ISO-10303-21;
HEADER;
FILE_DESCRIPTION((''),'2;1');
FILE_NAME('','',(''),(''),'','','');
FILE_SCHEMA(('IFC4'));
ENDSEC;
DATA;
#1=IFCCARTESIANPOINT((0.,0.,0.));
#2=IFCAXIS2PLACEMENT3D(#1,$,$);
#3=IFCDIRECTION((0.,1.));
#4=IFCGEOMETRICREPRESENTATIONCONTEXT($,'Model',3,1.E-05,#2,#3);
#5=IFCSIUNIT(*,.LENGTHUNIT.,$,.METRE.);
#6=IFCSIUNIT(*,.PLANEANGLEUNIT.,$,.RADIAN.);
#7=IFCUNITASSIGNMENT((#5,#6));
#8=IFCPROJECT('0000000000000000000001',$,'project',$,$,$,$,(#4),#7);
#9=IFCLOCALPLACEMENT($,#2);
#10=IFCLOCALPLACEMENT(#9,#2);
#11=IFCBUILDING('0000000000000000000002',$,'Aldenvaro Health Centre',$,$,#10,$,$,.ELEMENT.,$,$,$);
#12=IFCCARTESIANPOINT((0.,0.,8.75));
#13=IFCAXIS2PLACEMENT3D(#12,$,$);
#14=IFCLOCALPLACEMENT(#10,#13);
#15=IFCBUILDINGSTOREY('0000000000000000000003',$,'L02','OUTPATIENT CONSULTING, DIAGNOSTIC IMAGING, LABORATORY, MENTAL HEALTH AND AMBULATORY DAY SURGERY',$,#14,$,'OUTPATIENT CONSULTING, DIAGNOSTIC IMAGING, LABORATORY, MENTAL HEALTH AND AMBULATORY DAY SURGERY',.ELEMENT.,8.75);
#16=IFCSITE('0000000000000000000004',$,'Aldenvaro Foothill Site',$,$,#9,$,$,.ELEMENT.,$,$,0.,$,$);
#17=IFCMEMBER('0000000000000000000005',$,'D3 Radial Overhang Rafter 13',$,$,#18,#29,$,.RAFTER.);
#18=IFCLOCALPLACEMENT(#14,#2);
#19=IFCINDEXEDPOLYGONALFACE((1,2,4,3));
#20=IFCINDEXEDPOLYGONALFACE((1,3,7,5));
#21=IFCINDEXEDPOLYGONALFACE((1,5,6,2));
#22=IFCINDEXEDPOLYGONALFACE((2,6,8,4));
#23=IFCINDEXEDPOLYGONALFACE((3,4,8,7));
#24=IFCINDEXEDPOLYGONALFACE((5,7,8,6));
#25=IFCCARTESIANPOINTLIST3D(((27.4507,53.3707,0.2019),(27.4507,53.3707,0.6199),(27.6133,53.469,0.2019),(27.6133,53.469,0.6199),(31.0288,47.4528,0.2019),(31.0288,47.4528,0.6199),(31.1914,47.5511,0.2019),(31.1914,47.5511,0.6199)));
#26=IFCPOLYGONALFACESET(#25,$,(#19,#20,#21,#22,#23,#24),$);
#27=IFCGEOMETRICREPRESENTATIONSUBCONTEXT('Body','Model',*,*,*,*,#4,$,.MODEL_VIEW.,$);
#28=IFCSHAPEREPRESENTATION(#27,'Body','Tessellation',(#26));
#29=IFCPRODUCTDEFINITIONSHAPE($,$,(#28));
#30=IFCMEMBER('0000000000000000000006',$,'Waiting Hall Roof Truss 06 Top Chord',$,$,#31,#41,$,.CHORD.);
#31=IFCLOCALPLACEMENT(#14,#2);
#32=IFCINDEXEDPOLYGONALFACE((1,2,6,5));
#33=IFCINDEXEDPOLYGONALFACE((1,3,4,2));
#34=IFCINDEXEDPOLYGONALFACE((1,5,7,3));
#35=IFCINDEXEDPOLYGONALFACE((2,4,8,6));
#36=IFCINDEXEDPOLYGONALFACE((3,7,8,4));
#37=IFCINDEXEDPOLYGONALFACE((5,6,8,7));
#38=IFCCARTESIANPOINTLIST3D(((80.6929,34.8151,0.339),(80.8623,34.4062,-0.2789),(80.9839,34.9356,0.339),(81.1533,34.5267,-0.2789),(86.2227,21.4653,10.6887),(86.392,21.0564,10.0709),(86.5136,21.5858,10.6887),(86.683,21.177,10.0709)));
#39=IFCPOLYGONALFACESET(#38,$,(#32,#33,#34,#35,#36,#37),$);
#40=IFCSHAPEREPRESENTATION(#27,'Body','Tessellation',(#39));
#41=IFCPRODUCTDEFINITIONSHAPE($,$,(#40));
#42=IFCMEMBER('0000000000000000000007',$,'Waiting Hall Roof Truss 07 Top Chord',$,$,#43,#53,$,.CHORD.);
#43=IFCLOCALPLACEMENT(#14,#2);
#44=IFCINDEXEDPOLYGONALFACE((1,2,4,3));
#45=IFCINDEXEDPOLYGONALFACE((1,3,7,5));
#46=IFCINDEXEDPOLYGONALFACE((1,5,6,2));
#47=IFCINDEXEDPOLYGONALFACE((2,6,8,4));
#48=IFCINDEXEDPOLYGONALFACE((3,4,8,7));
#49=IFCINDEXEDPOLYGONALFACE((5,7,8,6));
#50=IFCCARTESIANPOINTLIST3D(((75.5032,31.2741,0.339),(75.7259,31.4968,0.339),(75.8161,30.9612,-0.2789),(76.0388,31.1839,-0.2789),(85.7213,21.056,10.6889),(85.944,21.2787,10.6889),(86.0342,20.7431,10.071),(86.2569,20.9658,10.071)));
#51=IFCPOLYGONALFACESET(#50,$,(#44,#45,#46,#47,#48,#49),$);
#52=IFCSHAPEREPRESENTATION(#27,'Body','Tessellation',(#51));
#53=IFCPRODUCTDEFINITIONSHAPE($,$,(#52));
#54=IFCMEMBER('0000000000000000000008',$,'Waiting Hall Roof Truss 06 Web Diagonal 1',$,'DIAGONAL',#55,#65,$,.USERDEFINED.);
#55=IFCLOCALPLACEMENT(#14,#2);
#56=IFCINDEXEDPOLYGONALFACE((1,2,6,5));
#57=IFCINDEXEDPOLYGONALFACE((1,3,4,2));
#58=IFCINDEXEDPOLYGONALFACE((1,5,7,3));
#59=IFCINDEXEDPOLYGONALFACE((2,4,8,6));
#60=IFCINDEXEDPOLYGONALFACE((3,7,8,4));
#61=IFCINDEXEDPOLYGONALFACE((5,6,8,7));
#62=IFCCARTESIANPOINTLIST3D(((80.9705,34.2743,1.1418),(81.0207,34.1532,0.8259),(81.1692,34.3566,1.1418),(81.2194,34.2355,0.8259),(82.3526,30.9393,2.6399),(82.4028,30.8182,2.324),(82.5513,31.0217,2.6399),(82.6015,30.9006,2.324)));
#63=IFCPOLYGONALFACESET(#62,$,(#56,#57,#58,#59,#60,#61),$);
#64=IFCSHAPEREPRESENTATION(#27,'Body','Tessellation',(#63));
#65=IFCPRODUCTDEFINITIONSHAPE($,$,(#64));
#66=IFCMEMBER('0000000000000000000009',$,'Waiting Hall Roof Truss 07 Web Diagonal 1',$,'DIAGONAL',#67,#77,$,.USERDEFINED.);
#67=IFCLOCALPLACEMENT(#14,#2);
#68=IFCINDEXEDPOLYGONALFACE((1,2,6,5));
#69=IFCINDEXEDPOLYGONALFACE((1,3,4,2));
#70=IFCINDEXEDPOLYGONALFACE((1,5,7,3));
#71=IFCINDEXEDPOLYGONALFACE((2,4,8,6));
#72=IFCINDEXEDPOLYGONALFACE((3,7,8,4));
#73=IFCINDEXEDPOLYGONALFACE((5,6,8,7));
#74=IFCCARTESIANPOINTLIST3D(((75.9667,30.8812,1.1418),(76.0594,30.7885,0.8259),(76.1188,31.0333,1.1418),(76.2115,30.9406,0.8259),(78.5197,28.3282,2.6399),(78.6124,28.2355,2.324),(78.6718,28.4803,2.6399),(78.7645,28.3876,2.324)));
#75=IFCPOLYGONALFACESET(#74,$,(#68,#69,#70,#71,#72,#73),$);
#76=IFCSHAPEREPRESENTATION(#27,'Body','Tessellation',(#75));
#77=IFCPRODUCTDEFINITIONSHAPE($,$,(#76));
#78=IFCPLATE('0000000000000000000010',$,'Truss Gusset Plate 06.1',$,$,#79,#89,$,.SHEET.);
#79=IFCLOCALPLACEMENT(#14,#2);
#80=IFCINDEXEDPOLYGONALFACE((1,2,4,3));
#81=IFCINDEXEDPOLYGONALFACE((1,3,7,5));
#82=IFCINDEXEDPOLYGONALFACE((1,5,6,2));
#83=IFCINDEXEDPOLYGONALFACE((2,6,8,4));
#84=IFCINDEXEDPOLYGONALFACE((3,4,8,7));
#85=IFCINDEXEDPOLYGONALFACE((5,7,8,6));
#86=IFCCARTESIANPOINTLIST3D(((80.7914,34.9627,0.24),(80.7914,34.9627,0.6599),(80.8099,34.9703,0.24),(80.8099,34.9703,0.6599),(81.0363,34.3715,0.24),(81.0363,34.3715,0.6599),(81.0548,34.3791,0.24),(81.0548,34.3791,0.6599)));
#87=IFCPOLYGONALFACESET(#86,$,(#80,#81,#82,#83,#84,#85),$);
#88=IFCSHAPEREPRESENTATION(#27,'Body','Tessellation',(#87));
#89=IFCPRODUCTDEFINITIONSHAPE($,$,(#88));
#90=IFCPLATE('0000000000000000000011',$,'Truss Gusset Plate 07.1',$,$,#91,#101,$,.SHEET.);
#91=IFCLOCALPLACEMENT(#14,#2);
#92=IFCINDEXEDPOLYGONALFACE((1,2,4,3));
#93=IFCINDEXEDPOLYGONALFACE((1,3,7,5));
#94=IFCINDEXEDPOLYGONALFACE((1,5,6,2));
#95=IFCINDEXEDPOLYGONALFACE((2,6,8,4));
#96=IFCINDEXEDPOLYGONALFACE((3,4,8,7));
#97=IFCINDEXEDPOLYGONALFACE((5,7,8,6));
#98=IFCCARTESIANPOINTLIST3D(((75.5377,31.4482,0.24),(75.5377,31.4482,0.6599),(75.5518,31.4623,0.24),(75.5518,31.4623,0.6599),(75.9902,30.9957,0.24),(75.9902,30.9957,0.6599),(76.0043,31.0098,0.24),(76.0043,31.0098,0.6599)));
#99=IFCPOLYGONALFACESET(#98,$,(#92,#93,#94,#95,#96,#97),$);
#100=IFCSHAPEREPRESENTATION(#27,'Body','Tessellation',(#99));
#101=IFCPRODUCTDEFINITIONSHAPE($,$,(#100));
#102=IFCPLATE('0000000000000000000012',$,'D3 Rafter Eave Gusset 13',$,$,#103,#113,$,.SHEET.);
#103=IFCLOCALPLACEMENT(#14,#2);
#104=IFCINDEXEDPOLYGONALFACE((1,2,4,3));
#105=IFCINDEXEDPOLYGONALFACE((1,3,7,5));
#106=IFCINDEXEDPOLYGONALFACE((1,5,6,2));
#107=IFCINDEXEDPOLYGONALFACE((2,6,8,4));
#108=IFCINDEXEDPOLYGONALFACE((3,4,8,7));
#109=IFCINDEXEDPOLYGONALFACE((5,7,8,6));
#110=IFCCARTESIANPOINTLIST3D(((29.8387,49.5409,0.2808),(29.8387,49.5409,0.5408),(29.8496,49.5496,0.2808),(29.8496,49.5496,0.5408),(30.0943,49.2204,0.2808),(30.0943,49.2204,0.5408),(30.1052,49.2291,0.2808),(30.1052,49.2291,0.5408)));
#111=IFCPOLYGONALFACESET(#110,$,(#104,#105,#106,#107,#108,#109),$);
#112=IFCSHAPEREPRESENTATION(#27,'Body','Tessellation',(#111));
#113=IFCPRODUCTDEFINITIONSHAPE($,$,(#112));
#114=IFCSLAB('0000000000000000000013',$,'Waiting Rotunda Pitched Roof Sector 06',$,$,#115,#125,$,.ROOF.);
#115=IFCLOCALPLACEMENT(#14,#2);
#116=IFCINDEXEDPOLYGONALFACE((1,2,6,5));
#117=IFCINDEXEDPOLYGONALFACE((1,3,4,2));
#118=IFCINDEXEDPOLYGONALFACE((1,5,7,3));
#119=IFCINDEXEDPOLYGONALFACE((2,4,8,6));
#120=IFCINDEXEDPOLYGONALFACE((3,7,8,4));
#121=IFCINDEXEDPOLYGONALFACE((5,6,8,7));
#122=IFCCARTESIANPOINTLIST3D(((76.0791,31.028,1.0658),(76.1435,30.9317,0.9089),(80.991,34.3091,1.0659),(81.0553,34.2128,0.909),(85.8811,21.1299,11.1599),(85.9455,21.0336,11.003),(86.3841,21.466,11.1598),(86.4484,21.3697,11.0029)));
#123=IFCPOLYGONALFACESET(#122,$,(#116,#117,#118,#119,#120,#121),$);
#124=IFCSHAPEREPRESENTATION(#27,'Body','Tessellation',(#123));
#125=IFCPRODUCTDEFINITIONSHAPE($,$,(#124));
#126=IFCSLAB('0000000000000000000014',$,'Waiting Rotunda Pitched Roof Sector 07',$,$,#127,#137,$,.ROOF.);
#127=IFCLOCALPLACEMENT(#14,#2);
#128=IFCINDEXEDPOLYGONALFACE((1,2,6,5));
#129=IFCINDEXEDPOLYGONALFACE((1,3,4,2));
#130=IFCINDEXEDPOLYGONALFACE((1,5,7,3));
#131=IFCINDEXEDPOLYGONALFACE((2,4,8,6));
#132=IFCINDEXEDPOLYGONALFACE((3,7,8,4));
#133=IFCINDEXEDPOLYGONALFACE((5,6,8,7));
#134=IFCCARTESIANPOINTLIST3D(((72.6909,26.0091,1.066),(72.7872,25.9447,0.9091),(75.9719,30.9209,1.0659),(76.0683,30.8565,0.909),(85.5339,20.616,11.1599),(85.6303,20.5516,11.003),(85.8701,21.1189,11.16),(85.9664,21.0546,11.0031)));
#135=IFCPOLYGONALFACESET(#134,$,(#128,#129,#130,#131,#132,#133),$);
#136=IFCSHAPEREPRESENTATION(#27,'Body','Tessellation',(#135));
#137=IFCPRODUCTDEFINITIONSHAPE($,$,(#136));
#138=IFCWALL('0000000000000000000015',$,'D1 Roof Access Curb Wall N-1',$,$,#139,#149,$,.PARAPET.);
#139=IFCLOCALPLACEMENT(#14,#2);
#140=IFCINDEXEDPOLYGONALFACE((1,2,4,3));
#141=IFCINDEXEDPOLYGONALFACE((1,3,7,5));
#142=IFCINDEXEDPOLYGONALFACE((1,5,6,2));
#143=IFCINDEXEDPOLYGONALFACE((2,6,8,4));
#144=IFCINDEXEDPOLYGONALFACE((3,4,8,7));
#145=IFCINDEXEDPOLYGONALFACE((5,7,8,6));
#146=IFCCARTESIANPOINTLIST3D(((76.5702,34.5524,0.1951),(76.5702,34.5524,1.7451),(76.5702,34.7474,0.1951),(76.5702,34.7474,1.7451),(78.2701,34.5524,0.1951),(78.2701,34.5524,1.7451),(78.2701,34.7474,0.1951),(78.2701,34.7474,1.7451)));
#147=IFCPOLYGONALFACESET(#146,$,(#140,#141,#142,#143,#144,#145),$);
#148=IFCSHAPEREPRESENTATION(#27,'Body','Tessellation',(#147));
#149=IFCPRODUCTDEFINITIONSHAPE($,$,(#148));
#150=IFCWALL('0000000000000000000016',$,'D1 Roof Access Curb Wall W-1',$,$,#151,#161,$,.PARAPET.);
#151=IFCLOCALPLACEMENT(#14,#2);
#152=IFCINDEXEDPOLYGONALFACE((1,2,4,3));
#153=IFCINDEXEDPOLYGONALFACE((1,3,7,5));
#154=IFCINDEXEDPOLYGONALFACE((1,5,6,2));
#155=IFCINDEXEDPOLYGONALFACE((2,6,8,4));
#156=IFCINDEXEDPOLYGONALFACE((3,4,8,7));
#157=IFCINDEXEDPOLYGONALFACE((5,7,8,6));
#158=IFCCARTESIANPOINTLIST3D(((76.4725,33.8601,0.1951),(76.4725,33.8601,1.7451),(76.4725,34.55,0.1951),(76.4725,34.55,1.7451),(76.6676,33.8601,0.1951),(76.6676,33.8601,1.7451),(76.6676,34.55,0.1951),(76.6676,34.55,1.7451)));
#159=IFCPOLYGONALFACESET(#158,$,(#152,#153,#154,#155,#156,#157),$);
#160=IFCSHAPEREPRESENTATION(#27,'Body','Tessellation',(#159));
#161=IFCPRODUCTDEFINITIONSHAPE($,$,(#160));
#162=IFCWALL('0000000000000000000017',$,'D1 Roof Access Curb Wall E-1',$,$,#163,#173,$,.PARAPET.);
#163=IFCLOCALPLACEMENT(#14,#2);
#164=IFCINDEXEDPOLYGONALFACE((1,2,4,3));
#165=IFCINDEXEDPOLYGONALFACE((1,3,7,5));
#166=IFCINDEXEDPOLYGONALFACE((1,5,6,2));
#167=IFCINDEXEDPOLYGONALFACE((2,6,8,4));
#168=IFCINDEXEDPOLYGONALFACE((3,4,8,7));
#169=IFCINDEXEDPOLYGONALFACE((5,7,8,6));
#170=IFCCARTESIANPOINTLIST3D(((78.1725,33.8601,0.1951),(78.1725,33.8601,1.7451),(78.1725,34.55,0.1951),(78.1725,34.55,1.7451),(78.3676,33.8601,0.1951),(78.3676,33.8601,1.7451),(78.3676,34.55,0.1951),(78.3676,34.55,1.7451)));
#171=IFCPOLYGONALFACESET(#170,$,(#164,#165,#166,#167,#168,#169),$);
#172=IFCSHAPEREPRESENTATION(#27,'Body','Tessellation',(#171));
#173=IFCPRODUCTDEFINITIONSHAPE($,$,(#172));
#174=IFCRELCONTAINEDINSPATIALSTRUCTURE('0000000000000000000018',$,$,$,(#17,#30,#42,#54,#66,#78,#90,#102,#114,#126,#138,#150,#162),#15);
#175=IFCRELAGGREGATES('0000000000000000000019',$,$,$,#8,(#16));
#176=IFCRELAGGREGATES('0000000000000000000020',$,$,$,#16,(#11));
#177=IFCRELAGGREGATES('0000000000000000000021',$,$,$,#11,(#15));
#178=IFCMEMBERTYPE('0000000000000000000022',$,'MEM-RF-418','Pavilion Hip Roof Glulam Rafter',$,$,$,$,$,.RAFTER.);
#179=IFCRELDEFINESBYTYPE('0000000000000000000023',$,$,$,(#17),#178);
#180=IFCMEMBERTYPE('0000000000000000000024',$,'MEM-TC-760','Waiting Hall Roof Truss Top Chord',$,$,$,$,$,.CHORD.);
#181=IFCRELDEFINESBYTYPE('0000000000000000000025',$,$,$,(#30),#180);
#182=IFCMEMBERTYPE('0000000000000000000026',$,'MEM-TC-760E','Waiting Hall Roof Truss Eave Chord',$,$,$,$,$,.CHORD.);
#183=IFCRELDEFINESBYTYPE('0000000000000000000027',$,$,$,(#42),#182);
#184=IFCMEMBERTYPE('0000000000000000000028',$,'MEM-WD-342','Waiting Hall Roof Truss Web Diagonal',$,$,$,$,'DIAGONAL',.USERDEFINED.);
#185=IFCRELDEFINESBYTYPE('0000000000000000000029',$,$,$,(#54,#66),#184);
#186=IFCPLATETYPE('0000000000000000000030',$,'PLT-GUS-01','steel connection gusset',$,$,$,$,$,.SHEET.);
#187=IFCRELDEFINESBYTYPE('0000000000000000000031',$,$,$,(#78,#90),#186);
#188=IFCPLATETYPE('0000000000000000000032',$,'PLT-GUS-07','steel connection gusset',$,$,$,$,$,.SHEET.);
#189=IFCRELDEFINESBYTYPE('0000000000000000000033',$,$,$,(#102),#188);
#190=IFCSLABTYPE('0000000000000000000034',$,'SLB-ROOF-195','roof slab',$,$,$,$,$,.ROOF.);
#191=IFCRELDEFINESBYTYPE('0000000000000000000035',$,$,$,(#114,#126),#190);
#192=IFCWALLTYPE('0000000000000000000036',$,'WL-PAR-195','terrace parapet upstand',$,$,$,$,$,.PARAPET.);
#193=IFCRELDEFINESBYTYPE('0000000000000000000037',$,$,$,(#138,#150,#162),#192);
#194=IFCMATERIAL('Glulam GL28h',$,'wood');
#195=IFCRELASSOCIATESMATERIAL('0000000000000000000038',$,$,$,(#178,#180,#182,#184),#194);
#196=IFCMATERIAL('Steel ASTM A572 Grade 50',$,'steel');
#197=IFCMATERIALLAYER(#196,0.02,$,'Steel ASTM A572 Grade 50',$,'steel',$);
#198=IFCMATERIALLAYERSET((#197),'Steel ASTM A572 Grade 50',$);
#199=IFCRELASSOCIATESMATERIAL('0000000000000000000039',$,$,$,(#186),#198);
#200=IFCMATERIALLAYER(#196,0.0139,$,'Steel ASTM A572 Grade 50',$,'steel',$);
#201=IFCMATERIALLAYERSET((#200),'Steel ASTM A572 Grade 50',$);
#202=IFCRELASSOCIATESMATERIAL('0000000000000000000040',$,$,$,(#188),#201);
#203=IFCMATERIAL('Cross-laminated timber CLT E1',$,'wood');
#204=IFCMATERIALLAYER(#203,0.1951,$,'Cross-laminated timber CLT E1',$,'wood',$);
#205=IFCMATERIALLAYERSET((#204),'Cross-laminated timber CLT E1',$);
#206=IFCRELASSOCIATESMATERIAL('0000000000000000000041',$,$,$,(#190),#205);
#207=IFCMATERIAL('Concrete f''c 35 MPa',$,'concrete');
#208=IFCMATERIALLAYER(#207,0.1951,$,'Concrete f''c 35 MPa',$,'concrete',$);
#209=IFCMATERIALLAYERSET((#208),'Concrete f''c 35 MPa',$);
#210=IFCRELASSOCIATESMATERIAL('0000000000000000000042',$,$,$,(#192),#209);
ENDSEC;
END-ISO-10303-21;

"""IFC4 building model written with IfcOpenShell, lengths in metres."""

from ifc_helpers import new_model, si_unit, direction, frame, frame_2d, origin, origin_2d, place, context, subcontext, project, spatial, polyline, rectangle, outline, extrude, material, layer, layer_set, material_profile, profile_set, type_object, element, save


model = new_model("IFC4")

# Units and contexts
model_context = context("Model", 3, precision=1e-05, world=origin(), true_north=direction((0.0, 1.0)))
body_context = subcontext(model_context, "Body", "Model", "MODEL_VIEW")
ifc_project = project(units=[si_unit("LENGTHUNIT", "METRE"), si_unit("PLANEANGLEUNIT", "RADIAN")], contexts=[model_context])

# Site, building, storey
site_placement = place(None, origin())
site = spatial("IfcSite", under=ifc_project, at=site_placement, Name="Aldenvaro Foothill Site", CompositionType="ELEMENT", RefElevation=0.0)
building_placement = place(site_placement, origin())
building = spatial("IfcBuilding", under=site, at=building_placement, Name="Aldenvaro Health Centre", CompositionType="ELEMENT")
storey_placement = place(building_placement, frame((0.0, 0.0, 8.75)))
storey = spatial("IfcBuildingStorey", under=building, at=storey_placement, Name="L02", Description="OUTPATIENT CONSULTING, DIAGNOSTIC IMAGING, LABORATORY, MENTAL HEALTH AND AMBULATORY DAY SURGERY", LongName="OUTPATIENT CONSULTING, DIAGNOSTIC IMAGING, LABORATORY, MENTAL HEALTH AND AMBULATORY DAY SURGERY", CompositionType="ELEMENT", Elevation=8.75)

# Shared definitions
ifc_material_1 = material(Name="Glulam GL28h", Category="wood")

# Members
ifc_material_profile_1 = material_profile(ifc_material_1, rectangle(XDim=0.1899, YDim=0.418, at=origin_2d()), Name="GL 190x418", Category="wood")
ifc_profile_set_1 = profile_set([ifc_material_profile_1], Name="Glulam GL28h")
member_type_1 = type_object("IfcMemberType", Name="MEM-RF-418", Description="Pavilion Hip Roof Glulam Rafter", PredefinedType="RAFTER", material=ifc_profile_set_1)
member_1_placement = place(storey_placement, frame((31.1101, 47.502, 0.4109), z_axis=(-0.5174, 0.855744, 0.0), x_axis=(-0.855744, -0.5174, 0.0)))
element("IfcMember", 1, at=member_1_placement, inside=storey, type_object=member_type_1, Name="D3 Radial Overhang Rafter 13", PredefinedType="RAFTER", context=body_context, shape_type="SweptSolid", body=[
    extrude(rectangle(XDim=0.1899, YDim=0.418, at=origin_2d()), origin(), (0.0, 0.0, 1.0), 6.9155),
])
ifc_material_profile_2 = material_profile(ifc_material_1, rectangle(XDim=0.3149, YDim=0.76, at=origin_2d()), Name="GL 315x760", Category="wood")
ifc_profile_set_2 = profile_set([ifc_material_profile_2], Name="Glulam GL28h")
member_type_2 = type_object("IfcMemberType", Name="MEM-TC-760", Description="Waiting Hall Roof Truss Top Chord", PredefinedType="CHORD", material=ifc_profile_set_2)
member_2_placement = place(storey_placement, frame((80.9231, 34.6709, 0.03), z_axis=(0.311116, -0.751087, 0.582302), x_axis=(0.923877, 0.382689, 0.0)))
element("IfcMember", 2, at=member_2_placement, inside=storey, type_object=member_type_2, Name="Waiting Hall Roof Truss 06 Top Chord", PredefinedType="CHORD", context=body_context, shape_type="SweptSolid", body=[
    extrude(rectangle(XDim=0.3149, YDim=0.76, at=origin_2d()), origin(), (0.0, 0.0, 1.0), 17.7739),
])
ifc_material_profile_3 = material_profile(ifc_material_1, rectangle(XDim=0.3149, YDim=0.76, at=origin_2d()), Name="GL 315x760", Category="wood")
ifc_profile_set_3 = profile_set([ifc_material_profile_3], Name="Glulam GL28h")
member_type_3 = type_object("IfcMemberType", Name="MEM-TC-760E", Description="Waiting Hall Roof Truss Eave Chord", PredefinedType="CHORD", material=ifc_profile_set_3)
member_3_placement = place(storey_placement, frame((75.771, 31.229, 0.03), z_axis=(0.574867, -0.574867, 0.582284), x_axis=(0.707107, 0.707107, 0.0)))
element("IfcMember", 3, at=member_3_placement, inside=storey, type_object=member_type_3, Name="Waiting Hall Roof Truss 07 Top Chord", PredefinedType="CHORD", context=body_context, shape_type="SweptSolid", body=[
    extrude(rectangle(XDim=0.3149, YDim=0.76, at=origin_2d()), origin(), (0.0, 0.0, 1.0), 17.7747),
])
ifc_material_profile_4 = material_profile(ifc_material_1, rectangle(XDim=0.2151, YDim=0.342, at=origin_2d()), Name="GL 215x342", Category="wood")
ifc_profile_set_4 = profile_set([ifc_material_profile_4], Name="Glulam GL28h")
member_type_4 = type_object("IfcMemberType", Name="MEM-WD-342", Description="Waiting Hall Roof Truss Web Diagonal", ElementType="DIAGONAL", PredefinedType="USERDEFINED", material=ifc_profile_set_4)
member_4_placement = place(storey_placement, frame((81.095, 34.2549, 0.9839), z_axis=(0.35361, -0.853262, 0.383281), x_axis=(0.923812, 0.382848, 0.0)))
element("IfcMember", 4, at=member_4_placement, inside=storey, type_object=member_type_4, Name="Waiting Hall Roof Truss 06 Web Diagonal 1", ObjectType="DIAGONAL", PredefinedType="USERDEFINED", context=body_context, shape_type="SweptSolid", body=[
    extrude(rectangle(XDim=0.2151, YDim=0.342, at=origin_2d()), origin(), (0.0, 0.0, 1.0), 3.9084),
])
member_5_placement = place(storey_placement, frame((76.0891, 30.9109, 0.9839), z_axis=(0.653118, -0.653118, 0.383239), x_axis=(0.707107, 0.707107, 0.0)))
element("IfcMember", 5, at=member_5_placement, inside=storey, type_object=member_type_4, Name="Waiting Hall Roof Truss 07 Web Diagonal 1", ObjectType="DIAGONAL", PredefinedType="USERDEFINED", context=body_context, shape_type="SweptSolid", body=[
    extrude(rectangle(XDim=0.2151, YDim=0.342, at=origin_2d()), origin(), (0.0, 0.0, 1.0), 3.9089),
])

# Plates
ifc_material_2 = material(Name="Steel ASTM A572 Grade 50", Category="steel")
ifc_layer_1 = layer(ifc_material_2, 0.02, Name="Steel ASTM A572 Grade 50", Category="steel")
ifc_layer_set_1 = layer_set([ifc_layer_1], Name="Steel ASTM A572 Grade 50")
plate_type_1 = type_object("IfcPlateType", Name="PLT-GUS-01", Description="steel connection gusset", PredefinedType="SHEET", material=ifc_layer_set_1)
for number, where, z_axis, x_axis, name in (
    (6, (80.9231, 34.6709, 0.24), (0.0, 0.0, 1.0), (-0.382683, 0.92388, 0.0), "Truss Gusset Plate 06.1"),
    (7, (75.771, 31.229, 0.24), (0.0, 0.0, 1.0), (-0.707107, 0.707107, 0.0), "Truss Gusset Plate 07.1"),
):
    element("IfcPlate", number, at=place(storey_placement, frame(where, z_axis=z_axis, x_axis=x_axis)), inside=storey, type_object=plate_type_1, Name=name, PredefinedType="SHEET", context=body_context, shape_type="SweptSolid", body=[
        extrude(rectangle(XDim=0.6399, YDim=0.02, at=origin_2d()), origin(), (0.0, 0.0, 1.0), 0.4199),
    ])
ifc_layer_2 = layer(ifc_material_2, 0.0139, Name="Steel ASTM A572 Grade 50", Category="steel")
ifc_layer_set_2 = layer_set([ifc_layer_2], Name="Steel ASTM A572 Grade 50")
plate_type_2 = type_object("IfcPlateType", Name="PLT-GUS-07", Description="steel connection gusset", PredefinedType="SHEET", material=ifc_layer_set_2)
plate_placement = place(storey_placement, frame((29.9719, 49.385, 0.2808), z_axis=(0.0, 0.0, 1.0), x_axis=(0.623519, -0.781808, 0.0)))
element("IfcPlate", 8, at=plate_placement, inside=storey, type_object=plate_type_2, Name="D3 Rafter Eave Gusset 13", PredefinedType="SHEET", context=body_context, shape_type="SweptSolid", body=[
    extrude(rectangle(XDim=0.4099, YDim=0.0139, at=origin_2d()), origin(), (0.0, 0.0, 1.0), 0.26),
])

# Slabs
ifc_material_3 = material(Name="Cross-laminated timber CLT E1", Category="wood")
ifc_layer_3 = layer(ifc_material_3, 0.1951, Name="Cross-laminated timber CLT E1", Category="wood")
ifc_layer_set_3 = layer_set([ifc_layer_3], Name="Cross-laminated timber CLT E1")
slab_type = type_object("IfcSlabType", Name="SLB-ROOF-195", Description="roof slab", PredefinedType="ROOF", material=ifc_layer_set_3)
slab_1_placement = place(storey_placement, frame((80.991, 34.3091, 1.0659), z_axis=(-0.329879, 0.493817, 0.804565), x_axis=(-0.831542, -0.555462, -0.000014)))
element("IfcSlab", 9, at=slab_1_placement, inside=storey, type_object=slab_type, Name="Waiting Rotunda Pitched Roof Sector 06", PredefinedType="ROOF", context=body_context, shape_type="SweptSolid", body=[
    extrude(outline(polyline([(0.0, 0.0), (5.9069, 0.0), (3.2541, 16.9972), (2.6491, 16.997), (0.0, 0.0)])), origin(), (0.0, 0.0, -1.0), 0.1951),
])
slab_2_placement = place(storey_placement, frame((75.9719, 30.9209, 1.0659), z_axis=(-0.493817, 0.329879, 0.804565), x_axis=(-0.555462, -0.831542, 0.000014)))
element("IfcSlab", 10, at=slab_2_placement, inside=storey, type_object=slab_type, Name="Waiting Rotunda Pitched Roof Sector 07", PredefinedType="ROOF", context=body_context, shape_type="SweptSolid", body=[
    extrude(outline(polyline([(0.0, 0.0), (5.9069, 0.0), (3.2578, 16.997), (2.6528, 16.9972), (0.0, 0.0)])), origin(), (0.0, 0.0, -1.0), 0.1951),
])

# Walls
ifc_material_4 = material(Name="Concrete f'c 35 MPa", Category="concrete")
ifc_layer_4 = layer(ifc_material_4, 0.1951, Name="Concrete f'c 35 MPa", Category="concrete")
ifc_layer_set_4 = layer_set([ifc_layer_4], Name="Concrete f'c 35 MPa")
wall_type_1 = type_object("IfcWallType", Name="WL-PAR-195", Description="terrace parapet upstand", PredefinedType="PARAPET", material=ifc_layer_set_4)
wall_1_placement = place(storey_placement, frame((76.5701, 34.6499, 0.1951), z_axis=(0.0, 0.0, 1.0), x_axis=(1.0, 0.0, 0.0)))
element("IfcWall", 11, at=wall_1_placement, inside=storey, type_object=wall_type_1, Name="D1 Roof Access Curb Wall N-1", PredefinedType="PARAPET", context=body_context, shape_type="SweptSolid", body=[
    extrude(rectangle(XDim=1.7, YDim=0.1951, at=frame_2d((0.8501, 0.0))), origin(), (0.0, 0.0, 1.0), 1.55),
])
for number, where, z_axis, x_axis, name in (
    (12, (76.5701, 33.8601, 0.1951), (0.0, 0.0, 1.0), (0.0, 1.0, 0.0), "D1 Roof Access Curb Wall W-1"),
    (13, (78.27, 34.55, 0.1951), (0.0, 0.0, 1.0), (0.0, -1.0, 0.0), "D1 Roof Access Curb Wall E-1"),
):
    element("IfcWall", number, at=place(storey_placement, frame(where, z_axis=z_axis, x_axis=x_axis)), inside=storey, type_object=wall_type_1, Name=name, PredefinedType="PARAPET", context=body_context, shape_type="SweptSolid", body=[
        extrude(rectangle(XDim=0.6899, YDim=0.1951, at=frame_2d((0.345, 0.0))), origin(), (0.0, 0.0, 1.0), 1.55),
    ])

save(model, "model.ifc")
